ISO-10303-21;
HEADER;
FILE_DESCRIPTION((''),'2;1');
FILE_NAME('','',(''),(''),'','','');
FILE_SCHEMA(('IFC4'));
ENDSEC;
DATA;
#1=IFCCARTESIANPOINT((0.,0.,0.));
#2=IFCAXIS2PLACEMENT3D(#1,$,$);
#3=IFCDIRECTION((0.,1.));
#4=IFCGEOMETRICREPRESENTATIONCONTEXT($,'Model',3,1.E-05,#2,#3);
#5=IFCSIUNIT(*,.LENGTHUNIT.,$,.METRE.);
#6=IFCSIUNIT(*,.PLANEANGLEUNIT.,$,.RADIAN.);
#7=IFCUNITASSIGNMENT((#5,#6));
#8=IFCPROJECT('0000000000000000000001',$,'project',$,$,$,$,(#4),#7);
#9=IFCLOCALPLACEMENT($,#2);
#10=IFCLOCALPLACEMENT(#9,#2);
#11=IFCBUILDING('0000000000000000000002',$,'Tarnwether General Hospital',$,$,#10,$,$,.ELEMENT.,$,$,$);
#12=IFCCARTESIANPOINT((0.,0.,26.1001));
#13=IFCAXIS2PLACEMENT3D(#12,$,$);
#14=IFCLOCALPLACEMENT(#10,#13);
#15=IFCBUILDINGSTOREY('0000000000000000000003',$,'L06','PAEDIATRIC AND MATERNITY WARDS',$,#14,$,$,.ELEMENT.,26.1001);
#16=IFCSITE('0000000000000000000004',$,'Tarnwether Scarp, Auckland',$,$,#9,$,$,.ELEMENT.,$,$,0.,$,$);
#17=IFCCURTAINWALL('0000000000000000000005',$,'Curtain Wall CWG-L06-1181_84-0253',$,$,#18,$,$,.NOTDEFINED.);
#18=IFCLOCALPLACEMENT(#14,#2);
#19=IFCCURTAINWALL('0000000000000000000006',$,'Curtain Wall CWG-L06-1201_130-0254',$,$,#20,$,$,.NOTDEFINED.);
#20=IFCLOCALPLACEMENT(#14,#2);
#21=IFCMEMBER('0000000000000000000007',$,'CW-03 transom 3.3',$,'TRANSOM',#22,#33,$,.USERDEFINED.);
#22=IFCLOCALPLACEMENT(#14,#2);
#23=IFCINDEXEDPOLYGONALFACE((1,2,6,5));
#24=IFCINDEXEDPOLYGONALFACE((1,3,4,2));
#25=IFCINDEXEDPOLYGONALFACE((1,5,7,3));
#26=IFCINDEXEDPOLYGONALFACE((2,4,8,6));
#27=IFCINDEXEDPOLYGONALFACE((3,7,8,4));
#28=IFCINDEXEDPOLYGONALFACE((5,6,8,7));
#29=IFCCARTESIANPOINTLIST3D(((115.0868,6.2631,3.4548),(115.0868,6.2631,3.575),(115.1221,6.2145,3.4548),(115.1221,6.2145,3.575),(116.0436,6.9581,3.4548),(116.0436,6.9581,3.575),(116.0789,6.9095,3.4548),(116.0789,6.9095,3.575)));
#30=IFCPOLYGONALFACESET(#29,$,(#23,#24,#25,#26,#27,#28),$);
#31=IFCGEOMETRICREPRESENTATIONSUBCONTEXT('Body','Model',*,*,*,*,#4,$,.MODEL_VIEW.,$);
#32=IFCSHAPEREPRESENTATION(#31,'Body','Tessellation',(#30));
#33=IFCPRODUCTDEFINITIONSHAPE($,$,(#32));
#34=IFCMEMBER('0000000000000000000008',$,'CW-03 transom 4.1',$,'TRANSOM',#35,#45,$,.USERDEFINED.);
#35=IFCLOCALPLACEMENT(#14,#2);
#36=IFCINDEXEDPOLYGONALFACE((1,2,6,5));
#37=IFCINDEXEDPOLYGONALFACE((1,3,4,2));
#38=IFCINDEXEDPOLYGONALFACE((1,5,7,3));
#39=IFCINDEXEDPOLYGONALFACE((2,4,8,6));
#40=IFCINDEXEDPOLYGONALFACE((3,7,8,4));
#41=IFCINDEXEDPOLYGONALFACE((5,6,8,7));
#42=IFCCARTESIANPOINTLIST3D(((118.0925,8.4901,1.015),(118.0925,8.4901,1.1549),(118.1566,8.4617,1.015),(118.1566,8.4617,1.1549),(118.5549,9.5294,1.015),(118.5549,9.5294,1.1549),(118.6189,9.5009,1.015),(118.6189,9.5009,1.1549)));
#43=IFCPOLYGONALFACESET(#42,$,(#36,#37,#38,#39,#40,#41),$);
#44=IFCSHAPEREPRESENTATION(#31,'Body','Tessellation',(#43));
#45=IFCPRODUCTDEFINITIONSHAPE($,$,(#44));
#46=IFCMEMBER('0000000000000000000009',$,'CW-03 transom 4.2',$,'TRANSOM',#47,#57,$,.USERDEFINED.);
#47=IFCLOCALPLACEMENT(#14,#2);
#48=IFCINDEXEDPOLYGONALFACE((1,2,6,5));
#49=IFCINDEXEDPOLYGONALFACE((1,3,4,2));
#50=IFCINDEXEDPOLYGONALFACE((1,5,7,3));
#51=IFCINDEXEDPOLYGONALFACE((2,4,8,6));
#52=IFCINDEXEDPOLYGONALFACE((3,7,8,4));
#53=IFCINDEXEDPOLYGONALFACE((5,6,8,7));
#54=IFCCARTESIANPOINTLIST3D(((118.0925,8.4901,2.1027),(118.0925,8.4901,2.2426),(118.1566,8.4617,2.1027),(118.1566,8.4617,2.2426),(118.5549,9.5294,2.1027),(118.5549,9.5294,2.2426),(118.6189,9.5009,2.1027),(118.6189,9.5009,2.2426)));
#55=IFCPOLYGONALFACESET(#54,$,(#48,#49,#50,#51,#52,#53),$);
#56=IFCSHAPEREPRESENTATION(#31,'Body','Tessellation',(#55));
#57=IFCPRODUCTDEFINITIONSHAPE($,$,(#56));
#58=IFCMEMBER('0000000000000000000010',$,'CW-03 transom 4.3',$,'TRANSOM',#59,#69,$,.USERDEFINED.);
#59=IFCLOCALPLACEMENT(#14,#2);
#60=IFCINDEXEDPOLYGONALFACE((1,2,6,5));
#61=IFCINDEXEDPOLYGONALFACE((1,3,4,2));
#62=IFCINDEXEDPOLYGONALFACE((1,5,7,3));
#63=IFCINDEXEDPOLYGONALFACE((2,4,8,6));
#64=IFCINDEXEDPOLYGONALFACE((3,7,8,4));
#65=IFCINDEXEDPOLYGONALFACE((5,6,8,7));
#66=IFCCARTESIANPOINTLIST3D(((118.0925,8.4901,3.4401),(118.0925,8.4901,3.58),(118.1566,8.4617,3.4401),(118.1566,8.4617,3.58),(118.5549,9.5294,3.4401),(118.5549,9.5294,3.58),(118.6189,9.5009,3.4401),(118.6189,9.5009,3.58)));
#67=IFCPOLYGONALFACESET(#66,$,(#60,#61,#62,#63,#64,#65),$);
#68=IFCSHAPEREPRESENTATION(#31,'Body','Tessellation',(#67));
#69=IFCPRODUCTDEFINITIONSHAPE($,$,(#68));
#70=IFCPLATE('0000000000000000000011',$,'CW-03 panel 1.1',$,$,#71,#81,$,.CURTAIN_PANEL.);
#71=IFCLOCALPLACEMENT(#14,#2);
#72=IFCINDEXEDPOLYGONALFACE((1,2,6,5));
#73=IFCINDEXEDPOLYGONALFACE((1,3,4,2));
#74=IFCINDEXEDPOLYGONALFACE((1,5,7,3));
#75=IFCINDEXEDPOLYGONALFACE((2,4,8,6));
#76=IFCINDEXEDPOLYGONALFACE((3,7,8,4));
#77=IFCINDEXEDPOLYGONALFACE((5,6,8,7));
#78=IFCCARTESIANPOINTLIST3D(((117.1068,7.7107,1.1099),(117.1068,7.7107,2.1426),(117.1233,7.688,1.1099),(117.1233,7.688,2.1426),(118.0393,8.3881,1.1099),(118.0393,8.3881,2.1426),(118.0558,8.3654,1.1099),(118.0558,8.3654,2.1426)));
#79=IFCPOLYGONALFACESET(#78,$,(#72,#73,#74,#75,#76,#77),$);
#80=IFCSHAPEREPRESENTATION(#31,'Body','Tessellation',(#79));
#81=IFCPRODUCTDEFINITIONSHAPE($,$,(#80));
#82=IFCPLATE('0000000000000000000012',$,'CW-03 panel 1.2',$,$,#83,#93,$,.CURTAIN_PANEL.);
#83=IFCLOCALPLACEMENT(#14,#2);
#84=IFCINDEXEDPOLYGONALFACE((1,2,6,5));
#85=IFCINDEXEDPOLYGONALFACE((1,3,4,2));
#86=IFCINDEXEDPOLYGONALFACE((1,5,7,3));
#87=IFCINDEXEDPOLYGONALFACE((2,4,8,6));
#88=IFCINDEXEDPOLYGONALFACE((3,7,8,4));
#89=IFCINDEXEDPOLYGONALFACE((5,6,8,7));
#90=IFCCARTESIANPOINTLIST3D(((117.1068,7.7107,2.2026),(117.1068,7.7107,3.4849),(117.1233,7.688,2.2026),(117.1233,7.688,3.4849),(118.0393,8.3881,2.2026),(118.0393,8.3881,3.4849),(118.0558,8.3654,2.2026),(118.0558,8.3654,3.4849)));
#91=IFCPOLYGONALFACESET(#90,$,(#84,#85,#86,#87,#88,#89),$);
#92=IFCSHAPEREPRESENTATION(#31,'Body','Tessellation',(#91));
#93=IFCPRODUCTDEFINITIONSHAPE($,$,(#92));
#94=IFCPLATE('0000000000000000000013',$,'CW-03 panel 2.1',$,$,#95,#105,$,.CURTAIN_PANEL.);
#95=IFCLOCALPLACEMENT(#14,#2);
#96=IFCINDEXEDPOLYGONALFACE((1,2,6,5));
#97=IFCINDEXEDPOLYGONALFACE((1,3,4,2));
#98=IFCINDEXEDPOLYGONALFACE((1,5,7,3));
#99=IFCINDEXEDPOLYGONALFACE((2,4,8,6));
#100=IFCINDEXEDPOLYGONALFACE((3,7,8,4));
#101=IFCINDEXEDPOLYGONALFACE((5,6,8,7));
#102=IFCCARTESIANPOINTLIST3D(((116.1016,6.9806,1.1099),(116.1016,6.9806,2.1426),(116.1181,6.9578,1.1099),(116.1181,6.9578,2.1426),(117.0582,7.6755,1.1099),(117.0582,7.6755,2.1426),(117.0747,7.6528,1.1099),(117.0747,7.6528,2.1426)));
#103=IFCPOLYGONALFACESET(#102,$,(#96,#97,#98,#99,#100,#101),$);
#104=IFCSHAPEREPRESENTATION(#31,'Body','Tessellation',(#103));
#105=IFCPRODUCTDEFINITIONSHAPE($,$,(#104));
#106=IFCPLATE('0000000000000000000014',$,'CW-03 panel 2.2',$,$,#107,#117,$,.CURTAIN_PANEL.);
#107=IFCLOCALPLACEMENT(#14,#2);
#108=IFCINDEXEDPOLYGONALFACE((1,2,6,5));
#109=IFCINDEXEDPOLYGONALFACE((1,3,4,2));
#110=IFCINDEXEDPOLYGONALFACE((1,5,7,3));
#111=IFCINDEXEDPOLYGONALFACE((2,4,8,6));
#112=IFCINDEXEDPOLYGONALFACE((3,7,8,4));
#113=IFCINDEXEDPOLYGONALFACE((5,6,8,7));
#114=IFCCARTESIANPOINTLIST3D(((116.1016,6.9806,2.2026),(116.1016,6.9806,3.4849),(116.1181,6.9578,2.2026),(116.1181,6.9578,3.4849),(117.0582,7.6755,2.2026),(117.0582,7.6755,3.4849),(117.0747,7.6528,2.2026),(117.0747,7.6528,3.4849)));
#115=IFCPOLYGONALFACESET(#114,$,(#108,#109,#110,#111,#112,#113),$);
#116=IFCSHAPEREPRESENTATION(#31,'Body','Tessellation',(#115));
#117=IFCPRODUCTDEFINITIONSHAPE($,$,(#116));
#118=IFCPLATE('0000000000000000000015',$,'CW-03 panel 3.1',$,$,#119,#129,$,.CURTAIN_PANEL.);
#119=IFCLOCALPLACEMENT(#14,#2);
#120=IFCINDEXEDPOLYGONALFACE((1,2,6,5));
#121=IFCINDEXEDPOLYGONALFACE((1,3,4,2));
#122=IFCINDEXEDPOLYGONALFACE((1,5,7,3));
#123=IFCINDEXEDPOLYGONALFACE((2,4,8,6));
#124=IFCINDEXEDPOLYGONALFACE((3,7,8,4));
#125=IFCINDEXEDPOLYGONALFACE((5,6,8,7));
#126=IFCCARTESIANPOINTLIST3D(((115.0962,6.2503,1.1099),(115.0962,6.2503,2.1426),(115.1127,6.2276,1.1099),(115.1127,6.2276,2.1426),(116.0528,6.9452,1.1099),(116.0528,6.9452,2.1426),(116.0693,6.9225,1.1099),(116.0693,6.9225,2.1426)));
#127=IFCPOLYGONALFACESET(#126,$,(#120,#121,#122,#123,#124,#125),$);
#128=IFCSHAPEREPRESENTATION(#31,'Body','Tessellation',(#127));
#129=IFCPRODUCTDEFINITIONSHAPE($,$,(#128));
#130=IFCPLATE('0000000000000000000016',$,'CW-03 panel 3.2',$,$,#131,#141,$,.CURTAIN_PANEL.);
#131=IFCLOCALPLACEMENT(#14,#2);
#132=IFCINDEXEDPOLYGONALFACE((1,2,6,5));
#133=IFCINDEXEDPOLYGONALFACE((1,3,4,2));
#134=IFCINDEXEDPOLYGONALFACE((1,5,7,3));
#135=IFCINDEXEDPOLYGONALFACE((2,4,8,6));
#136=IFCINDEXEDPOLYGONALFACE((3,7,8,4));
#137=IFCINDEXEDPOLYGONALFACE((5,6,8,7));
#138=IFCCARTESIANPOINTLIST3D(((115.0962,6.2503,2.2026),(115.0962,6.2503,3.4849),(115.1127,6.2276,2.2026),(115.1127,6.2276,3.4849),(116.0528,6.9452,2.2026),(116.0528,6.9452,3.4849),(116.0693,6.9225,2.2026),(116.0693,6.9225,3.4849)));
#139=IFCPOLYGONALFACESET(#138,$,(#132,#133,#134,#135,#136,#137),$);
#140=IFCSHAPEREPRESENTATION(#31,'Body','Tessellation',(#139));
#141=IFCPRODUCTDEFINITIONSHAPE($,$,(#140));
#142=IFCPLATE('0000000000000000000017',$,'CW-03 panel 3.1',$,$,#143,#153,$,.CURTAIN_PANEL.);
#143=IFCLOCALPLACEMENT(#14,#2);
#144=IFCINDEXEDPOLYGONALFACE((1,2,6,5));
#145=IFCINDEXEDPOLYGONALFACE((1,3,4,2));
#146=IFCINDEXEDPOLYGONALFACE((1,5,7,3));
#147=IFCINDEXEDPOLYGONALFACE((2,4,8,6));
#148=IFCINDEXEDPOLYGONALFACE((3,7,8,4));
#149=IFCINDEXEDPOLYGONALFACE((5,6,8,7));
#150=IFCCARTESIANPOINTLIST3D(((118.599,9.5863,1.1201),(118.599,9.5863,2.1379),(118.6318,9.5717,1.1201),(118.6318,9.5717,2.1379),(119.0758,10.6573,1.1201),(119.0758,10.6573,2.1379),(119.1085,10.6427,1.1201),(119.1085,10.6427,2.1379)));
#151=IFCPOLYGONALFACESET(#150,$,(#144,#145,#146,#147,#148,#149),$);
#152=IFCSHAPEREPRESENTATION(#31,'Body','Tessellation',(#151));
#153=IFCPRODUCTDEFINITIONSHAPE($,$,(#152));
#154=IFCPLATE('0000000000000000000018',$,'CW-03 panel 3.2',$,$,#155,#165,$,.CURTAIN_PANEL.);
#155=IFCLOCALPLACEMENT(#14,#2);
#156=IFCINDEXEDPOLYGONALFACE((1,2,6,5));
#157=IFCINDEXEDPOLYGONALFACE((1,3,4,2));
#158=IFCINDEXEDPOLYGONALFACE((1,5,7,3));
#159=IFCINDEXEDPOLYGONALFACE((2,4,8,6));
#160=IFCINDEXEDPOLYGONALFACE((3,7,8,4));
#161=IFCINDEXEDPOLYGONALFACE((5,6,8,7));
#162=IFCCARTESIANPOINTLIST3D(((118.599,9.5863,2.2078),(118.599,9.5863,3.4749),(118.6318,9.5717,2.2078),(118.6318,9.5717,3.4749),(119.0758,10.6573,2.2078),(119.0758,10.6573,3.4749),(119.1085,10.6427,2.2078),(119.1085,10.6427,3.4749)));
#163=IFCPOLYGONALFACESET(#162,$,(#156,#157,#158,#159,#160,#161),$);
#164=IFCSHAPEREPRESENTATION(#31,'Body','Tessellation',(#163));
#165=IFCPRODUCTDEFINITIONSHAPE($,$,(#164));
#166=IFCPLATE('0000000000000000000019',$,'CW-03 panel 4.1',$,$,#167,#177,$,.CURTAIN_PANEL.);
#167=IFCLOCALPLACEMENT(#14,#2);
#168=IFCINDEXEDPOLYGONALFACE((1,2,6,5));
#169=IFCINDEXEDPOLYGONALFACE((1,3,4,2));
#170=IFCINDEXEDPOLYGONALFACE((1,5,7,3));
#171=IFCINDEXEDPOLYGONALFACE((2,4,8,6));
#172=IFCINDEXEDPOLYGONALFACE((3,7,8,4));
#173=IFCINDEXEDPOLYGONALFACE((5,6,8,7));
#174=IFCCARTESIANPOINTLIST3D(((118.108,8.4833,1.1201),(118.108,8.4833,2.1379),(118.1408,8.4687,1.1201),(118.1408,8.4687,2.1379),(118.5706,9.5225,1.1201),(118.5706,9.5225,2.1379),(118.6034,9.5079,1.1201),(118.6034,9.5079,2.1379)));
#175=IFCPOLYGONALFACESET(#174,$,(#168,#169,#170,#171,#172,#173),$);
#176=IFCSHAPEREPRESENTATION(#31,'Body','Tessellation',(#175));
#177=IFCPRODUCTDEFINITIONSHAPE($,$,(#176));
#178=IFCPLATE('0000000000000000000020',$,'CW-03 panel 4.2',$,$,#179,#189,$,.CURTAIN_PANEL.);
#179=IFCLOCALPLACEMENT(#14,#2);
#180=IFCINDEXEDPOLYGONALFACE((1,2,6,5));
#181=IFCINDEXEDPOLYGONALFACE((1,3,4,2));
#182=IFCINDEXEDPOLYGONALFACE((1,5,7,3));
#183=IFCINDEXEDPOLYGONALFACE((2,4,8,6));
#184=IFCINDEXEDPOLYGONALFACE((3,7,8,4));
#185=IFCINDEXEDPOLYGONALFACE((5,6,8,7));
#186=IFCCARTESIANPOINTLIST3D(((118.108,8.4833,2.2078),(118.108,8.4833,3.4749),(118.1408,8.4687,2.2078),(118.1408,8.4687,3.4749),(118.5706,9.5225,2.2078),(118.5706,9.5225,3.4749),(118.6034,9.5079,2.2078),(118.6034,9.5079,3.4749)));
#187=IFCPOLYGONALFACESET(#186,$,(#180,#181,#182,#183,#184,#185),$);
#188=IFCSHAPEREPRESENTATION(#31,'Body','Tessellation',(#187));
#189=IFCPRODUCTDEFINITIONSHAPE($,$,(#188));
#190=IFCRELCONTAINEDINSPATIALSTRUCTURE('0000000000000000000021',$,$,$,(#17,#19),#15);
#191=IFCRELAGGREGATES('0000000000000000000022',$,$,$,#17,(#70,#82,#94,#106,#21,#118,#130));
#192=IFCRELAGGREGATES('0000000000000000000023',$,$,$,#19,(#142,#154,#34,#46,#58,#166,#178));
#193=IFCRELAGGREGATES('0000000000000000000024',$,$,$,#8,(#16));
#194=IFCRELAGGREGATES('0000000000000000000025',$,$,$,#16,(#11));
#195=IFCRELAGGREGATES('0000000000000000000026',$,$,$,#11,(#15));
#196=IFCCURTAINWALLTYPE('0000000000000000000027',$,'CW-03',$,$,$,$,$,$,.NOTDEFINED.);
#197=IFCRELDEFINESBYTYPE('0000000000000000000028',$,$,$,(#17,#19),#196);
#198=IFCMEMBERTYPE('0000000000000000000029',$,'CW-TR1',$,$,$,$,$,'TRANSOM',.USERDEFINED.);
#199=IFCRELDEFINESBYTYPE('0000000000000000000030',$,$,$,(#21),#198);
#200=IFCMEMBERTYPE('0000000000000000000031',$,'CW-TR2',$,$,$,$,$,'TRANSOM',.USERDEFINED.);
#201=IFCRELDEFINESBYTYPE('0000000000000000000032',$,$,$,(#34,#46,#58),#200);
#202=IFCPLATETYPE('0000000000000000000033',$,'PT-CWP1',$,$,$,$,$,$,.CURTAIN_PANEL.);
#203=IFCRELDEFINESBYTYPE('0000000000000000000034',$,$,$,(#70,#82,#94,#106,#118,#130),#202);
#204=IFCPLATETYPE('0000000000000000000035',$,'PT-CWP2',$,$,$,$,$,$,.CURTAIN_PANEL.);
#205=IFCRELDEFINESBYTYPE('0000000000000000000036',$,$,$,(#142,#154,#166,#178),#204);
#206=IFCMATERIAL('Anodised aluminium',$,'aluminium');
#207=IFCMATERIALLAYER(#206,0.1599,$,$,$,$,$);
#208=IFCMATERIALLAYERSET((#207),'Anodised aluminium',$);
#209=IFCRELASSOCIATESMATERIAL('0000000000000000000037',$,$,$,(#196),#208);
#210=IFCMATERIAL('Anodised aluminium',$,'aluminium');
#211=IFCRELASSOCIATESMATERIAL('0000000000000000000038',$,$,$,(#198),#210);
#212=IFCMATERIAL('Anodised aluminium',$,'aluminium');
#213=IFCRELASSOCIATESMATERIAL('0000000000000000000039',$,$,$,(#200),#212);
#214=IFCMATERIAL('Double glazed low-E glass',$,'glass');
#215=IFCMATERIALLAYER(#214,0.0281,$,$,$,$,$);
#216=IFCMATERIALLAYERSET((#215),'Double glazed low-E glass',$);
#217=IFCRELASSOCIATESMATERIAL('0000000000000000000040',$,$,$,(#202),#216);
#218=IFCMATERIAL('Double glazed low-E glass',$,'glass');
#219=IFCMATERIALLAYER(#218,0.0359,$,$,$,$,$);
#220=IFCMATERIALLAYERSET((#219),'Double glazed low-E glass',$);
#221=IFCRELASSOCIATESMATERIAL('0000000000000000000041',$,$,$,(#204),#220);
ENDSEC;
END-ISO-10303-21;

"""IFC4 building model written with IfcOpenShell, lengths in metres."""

from ifc_helpers import new_model, si_unit, direction, frame, origin, origin_2d, place, context, subcontext, project, spatial, rectangle, extrude, material, layer, layer_set, material_profile, profile_set, type_object, element, aggregate, save


model = new_model("IFC4")

# Units and contexts
model_context = context("Model", 3, precision=1e-05, world=origin(), true_north=direction((0.0, 1.0)))
body_context = subcontext(model_context, "Body", "Model", "MODEL_VIEW")
ifc_project = project(units=[si_unit("LENGTHUNIT", "METRE"), si_unit("PLANEANGLEUNIT", "RADIAN")], contexts=[model_context])

# Site, building, storey
site_placement = place(None, origin())
site = spatial("IfcSite", under=ifc_project, at=site_placement, Name="Tarnwether Scarp, Auckland", CompositionType="ELEMENT", RefElevation=0.0)
building_placement = place(site_placement, origin())
building = spatial("IfcBuilding", under=site, at=building_placement, Name="Tarnwether General Hospital", CompositionType="ELEMENT")
storey_placement = place(building_placement, frame((0.0, 0.0, 26.1001)))
storey = spatial("IfcBuildingStorey", under=building, at=storey_placement, Name="L06", Description="PAEDIATRIC AND MATERNITY WARDS", CompositionType="ELEMENT", Elevation=26.1001)

# Curtain walls
ifc_material_1 = material(Name="Anodised aluminium", Category="aluminium")
ifc_layer_1 = layer(ifc_material_1, 0.1599)
ifc_layer_set_1 = layer_set([ifc_layer_1], Name="Anodised aluminium")
curtain_wall_type = type_object("IfcCurtainWallType", Name="CW-03", PredefinedType="NOTDEFINED", material=ifc_layer_set_1)
curtain_wall_1_placement = place(storey_placement, origin())
curtain_wall_1 = element("IfcCurtainWall", 1, at=curtain_wall_1_placement, inside=storey, type_object=curtain_wall_type, Name="Curtain Wall CWG-L06-1181_84-0253", PredefinedType="NOTDEFINED")
curtain_wall_2_placement = place(storey_placement, origin())
curtain_wall_2 = element("IfcCurtainWall", 2, at=curtain_wall_2_placement, inside=storey, type_object=curtain_wall_type, Name="Curtain Wall CWG-L06-1201_130-0254", PredefinedType="NOTDEFINED")

# Members
ifc_material_2 = material(Name="Anodised aluminium", Category="aluminium")
ifc_material_profile_1 = material_profile(ifc_material_2, rectangle(XDim=0.0601, YDim=0.1201, at=origin_2d()), Name="ALU-TRN-60x120")
ifc_profile_set_1 = profile_set([ifc_material_profile_1], Name="Anodised aluminium")
member_type_1 = type_object("IfcMemberType", Name="CW-TR1", ElementType="TRANSOM", PredefinedType="USERDEFINED", material=ifc_profile_set_1)
member_1_placement = place(storey_placement, frame((116.0613, 6.9338, 3.5149), z_axis=(-0.809048, -0.587742, 0.0), x_axis=(0.587742, -0.809048, 0.0)))
member_1 = element("IfcMember", 3, at=member_1_placement, type_object=member_type_1, Name="CW-03 transom 3.3", ObjectType="TRANSOM", PredefinedType="USERDEFINED", context=body_context, shape_type="SweptSolid", body=[
    extrude(rectangle(XDim=0.0601, YDim=0.1201, at=origin_2d()), origin(), (0.0, 0.0, 1.0), 1.1826),
])
ifc_material_3 = material(Name="Anodised aluminium", Category="aluminium")
ifc_material_profile_2 = material_profile(ifc_material_3, rectangle(XDim=0.0701, YDim=0.1399, at=origin_2d()), Name="ALU-TRN-70x140")
ifc_profile_set_2 = profile_set([ifc_material_profile_2], Name="Anodised aluminium")
member_type_2 = type_object("IfcMemberType", Name="CW-TR2", ElementType="TRANSOM", PredefinedType="USERDEFINED", material=ifc_profile_set_2)
member_2_placement = place(storey_placement, frame((118.5869, 9.5151, 1.085), z_axis=(-0.406497, -0.913652, 0.0), x_axis=(0.913652, -0.406497, 0.0)))
member_2 = element("IfcMember", 4, at=member_2_placement, type_object=member_type_2, Name="CW-03 transom 4.1", ObjectType="TRANSOM", PredefinedType="USERDEFINED", context=body_context, shape_type="SweptSolid", body=[
    extrude(rectangle(XDim=0.0701, YDim=0.1399, at=origin_2d()), origin(), (0.0, 0.0, 1.0), 1.1375),
])
member_3_placement = place(storey_placement, frame((118.5869, 9.5151, 2.1726), z_axis=(-0.406497, -0.913652, 0.0), x_axis=(0.913652, -0.406497, 0.0)))
member_3 = element("IfcMember", 5, at=member_3_placement, type_object=member_type_2, Name="CW-03 transom 4.2", ObjectType="TRANSOM", PredefinedType="USERDEFINED", context=body_context, shape_type="SweptSolid", body=[
    extrude(rectangle(XDim=0.0701, YDim=0.1399, at=origin_2d()), origin(), (0.0, 0.0, 1.0), 1.1375),
])
member_4_placement = place(storey_placement, frame((118.5869, 9.5151, 3.51), z_axis=(-0.406497, -0.913652, 0.0), x_axis=(0.913652, -0.406497, 0.0)))
member_4 = element("IfcMember", 6, at=member_4_placement, type_object=member_type_2, Name="CW-03 transom 4.3", ObjectType="TRANSOM", PredefinedType="USERDEFINED", context=body_context, shape_type="SweptSolid", body=[
    extrude(rectangle(XDim=0.0701, YDim=0.1399, at=origin_2d()), origin(), (0.0, 0.0, 1.0), 1.1375),
])

# Plates
ifc_material_4 = material(Name="Double glazed low-E glass", Category="glass")
ifc_layer_2 = layer(ifc_material_4, 0.0281)
ifc_layer_set_2 = layer_set([ifc_layer_2], Name="Double glazed low-E glass")
plate_type_1 = type_object("IfcPlateType", Name="PT-CWP1", PredefinedType="CURTAIN_PANEL", material=ifc_layer_set_2)
plate_1_placement = place(storey_placement, frame((117.5813, 8.0381, 1.1099), z_axis=(0.0, 0.0, 1.0), x_axis=(-0.809058, -0.587729, 0.0)))
plate_1 = element("IfcPlate", 7, at=plate_1_placement, type_object=plate_type_1, Name="CW-03 panel 1.1", PredefinedType="CURTAIN_PANEL", context=body_context, shape_type="SweptSolid", body=[
    extrude(rectangle(XDim=1.1526, YDim=0.0281, at=origin_2d()), origin(), (0.0, 0.0, 1.0), 1.0327),
])
plate_2_placement = place(storey_placement, frame((117.5813, 8.0381, 2.2026), z_axis=(0.0, 0.0, 1.0), x_axis=(-0.809058, -0.587729, 0.0)))
plate_2 = element("IfcPlate", 8, at=plate_2_placement, type_object=plate_type_1, Name="CW-03 panel 1.2", PredefinedType="CURTAIN_PANEL", context=body_context, shape_type="SweptSolid", body=[
    extrude(rectangle(XDim=1.1526, YDim=0.0281, at=origin_2d()), origin(), (0.0, 0.0, 1.0), 1.2822),
])
plate_3_placement = place(storey_placement, frame((116.5881, 7.3167, 1.1099), z_axis=(0.0, 0.0, 1.0), x_axis=(-0.809058, -0.587729, 0.0)))
plate_3 = element("IfcPlate", 9, at=plate_3_placement, type_object=plate_type_1, Name="CW-03 panel 2.1", PredefinedType="CURTAIN_PANEL", context=body_context, shape_type="SweptSolid", body=[
    extrude(rectangle(XDim=1.1824, YDim=0.0281, at=origin_2d()), origin(), (0.0, 0.0, 1.0), 1.0327),
])
plate_4_placement = place(storey_placement, frame((116.5881, 7.3167, 2.2026), z_axis=(0.0, 0.0, 1.0), x_axis=(-0.809058, -0.587729, 0.0)))
plate_4 = element("IfcPlate", 10, at=plate_4_placement, type_object=plate_type_1, Name="CW-03 panel 2.2", PredefinedType="CURTAIN_PANEL", context=body_context, shape_type="SweptSolid", body=[
    extrude(rectangle(XDim=1.1824, YDim=0.0281, at=origin_2d()), origin(), (0.0, 0.0, 1.0), 1.2822),
])
plate_5_placement = place(storey_placement, frame((115.5828, 6.5864, 1.1099), z_axis=(0.0, 0.0, 1.0), x_axis=(-0.809058, -0.587729, 0.0)))
plate_5 = element("IfcPlate", 11, at=plate_5_placement, type_object=plate_type_1, Name="CW-03 panel 3.1", PredefinedType="CURTAIN_PANEL", context=body_context, shape_type="SweptSolid", body=[
    extrude(rectangle(XDim=1.1824, YDim=0.0281, at=origin_2d()), origin(), (0.0, 0.0, 1.0), 1.0327),
])
plate_6_placement = place(storey_placement, frame((115.5828, 6.5864, 2.2026), z_axis=(0.0, 0.0, 1.0), x_axis=(-0.809058, -0.587729, 0.0)))
plate_6 = element("IfcPlate", 12, at=plate_6_placement, type_object=plate_type_1, Name="CW-03 panel 3.2", PredefinedType="CURTAIN_PANEL", context=body_context, shape_type="SweptSolid", body=[
    extrude(rectangle(XDim=1.1824, YDim=0.0281, at=origin_2d()), origin(), (0.0, 0.0, 1.0), 1.2822),
])
aggregate(curtain_wall_1, [plate_1, plate_2, plate_3, plate_4, member_1, plate_5, plate_6])
ifc_material_5 = material(Name="Double glazed low-E glass", Category="glass")
ifc_layer_3 = layer(ifc_material_5, 0.0359)
ifc_layer_set_3 = layer_set([ifc_layer_3], Name="Double glazed low-E glass")
plate_type_2 = type_object("IfcPlateType", Name="PT-CWP2", PredefinedType="CURTAIN_PANEL", material=ifc_layer_set_3)
plate_7_placement = place(storey_placement, frame((118.8538, 10.1145, 1.1201), z_axis=(0.0, 0.0, 1.0), x_axis=(-0.40668, -0.913571, 0.0)))
plate_7 = element("IfcPlate", 13, at=plate_7_placement, type_object=plate_type_2, Name="CW-03 panel 3.1", PredefinedType="CURTAIN_PANEL", context=body_context, shape_type="SweptSolid", body=[
    extrude(rectangle(XDim=1.1724, YDim=0.0359, at=origin_2d()), origin(), (0.0, 0.0, 1.0), 1.0178),
])
plate_8_placement = place(storey_placement, frame((118.8538, 10.1145, 2.2078), z_axis=(0.0, 0.0, 1.0), x_axis=(-0.40668, -0.913571, 0.0)))
plate_8 = element("IfcPlate", 14, at=plate_8_placement, type_object=plate_type_2, Name="CW-03 panel 3.2", PredefinedType="CURTAIN_PANEL", context=body_context, shape_type="SweptSolid", body=[
    extrude(rectangle(XDim=1.1724, YDim=0.0359, at=origin_2d()), origin(), (0.0, 0.0, 1.0), 1.2671),
])
plate_9_placement = place(storey_placement, frame((118.3557, 8.9956, 1.1201), z_axis=(0.0, 0.0, 1.0), x_axis=(-0.40668, -0.913571, 0.0)))
plate_9 = element("IfcPlate", 15, at=plate_9_placement, type_object=plate_type_2, Name="CW-03 panel 4.1", PredefinedType="CURTAIN_PANEL", context=body_context, shape_type="SweptSolid", body=[
    extrude(rectangle(XDim=1.1375, YDim=0.0359, at=origin_2d()), origin(), (0.0, 0.0, 1.0), 1.0178),
])
plate_10_placement = place(storey_placement, frame((118.3557, 8.9956, 2.2078), z_axis=(0.0, 0.0, 1.0), x_axis=(-0.40668, -0.913571, 0.0)))
plate_10 = element("IfcPlate", 16, at=plate_10_placement, type_object=plate_type_2, Name="CW-03 panel 4.2", PredefinedType="CURTAIN_PANEL", context=body_context, shape_type="SweptSolid", body=[
    extrude(rectangle(XDim=1.1375, YDim=0.0359, at=origin_2d()), origin(), (0.0, 0.0, 1.0), 1.2671),
])
aggregate(curtain_wall_2, [plate_7, plate_8, member_2, member_3, member_4, plate_9, plate_10])

save(model, "model.ifc")
